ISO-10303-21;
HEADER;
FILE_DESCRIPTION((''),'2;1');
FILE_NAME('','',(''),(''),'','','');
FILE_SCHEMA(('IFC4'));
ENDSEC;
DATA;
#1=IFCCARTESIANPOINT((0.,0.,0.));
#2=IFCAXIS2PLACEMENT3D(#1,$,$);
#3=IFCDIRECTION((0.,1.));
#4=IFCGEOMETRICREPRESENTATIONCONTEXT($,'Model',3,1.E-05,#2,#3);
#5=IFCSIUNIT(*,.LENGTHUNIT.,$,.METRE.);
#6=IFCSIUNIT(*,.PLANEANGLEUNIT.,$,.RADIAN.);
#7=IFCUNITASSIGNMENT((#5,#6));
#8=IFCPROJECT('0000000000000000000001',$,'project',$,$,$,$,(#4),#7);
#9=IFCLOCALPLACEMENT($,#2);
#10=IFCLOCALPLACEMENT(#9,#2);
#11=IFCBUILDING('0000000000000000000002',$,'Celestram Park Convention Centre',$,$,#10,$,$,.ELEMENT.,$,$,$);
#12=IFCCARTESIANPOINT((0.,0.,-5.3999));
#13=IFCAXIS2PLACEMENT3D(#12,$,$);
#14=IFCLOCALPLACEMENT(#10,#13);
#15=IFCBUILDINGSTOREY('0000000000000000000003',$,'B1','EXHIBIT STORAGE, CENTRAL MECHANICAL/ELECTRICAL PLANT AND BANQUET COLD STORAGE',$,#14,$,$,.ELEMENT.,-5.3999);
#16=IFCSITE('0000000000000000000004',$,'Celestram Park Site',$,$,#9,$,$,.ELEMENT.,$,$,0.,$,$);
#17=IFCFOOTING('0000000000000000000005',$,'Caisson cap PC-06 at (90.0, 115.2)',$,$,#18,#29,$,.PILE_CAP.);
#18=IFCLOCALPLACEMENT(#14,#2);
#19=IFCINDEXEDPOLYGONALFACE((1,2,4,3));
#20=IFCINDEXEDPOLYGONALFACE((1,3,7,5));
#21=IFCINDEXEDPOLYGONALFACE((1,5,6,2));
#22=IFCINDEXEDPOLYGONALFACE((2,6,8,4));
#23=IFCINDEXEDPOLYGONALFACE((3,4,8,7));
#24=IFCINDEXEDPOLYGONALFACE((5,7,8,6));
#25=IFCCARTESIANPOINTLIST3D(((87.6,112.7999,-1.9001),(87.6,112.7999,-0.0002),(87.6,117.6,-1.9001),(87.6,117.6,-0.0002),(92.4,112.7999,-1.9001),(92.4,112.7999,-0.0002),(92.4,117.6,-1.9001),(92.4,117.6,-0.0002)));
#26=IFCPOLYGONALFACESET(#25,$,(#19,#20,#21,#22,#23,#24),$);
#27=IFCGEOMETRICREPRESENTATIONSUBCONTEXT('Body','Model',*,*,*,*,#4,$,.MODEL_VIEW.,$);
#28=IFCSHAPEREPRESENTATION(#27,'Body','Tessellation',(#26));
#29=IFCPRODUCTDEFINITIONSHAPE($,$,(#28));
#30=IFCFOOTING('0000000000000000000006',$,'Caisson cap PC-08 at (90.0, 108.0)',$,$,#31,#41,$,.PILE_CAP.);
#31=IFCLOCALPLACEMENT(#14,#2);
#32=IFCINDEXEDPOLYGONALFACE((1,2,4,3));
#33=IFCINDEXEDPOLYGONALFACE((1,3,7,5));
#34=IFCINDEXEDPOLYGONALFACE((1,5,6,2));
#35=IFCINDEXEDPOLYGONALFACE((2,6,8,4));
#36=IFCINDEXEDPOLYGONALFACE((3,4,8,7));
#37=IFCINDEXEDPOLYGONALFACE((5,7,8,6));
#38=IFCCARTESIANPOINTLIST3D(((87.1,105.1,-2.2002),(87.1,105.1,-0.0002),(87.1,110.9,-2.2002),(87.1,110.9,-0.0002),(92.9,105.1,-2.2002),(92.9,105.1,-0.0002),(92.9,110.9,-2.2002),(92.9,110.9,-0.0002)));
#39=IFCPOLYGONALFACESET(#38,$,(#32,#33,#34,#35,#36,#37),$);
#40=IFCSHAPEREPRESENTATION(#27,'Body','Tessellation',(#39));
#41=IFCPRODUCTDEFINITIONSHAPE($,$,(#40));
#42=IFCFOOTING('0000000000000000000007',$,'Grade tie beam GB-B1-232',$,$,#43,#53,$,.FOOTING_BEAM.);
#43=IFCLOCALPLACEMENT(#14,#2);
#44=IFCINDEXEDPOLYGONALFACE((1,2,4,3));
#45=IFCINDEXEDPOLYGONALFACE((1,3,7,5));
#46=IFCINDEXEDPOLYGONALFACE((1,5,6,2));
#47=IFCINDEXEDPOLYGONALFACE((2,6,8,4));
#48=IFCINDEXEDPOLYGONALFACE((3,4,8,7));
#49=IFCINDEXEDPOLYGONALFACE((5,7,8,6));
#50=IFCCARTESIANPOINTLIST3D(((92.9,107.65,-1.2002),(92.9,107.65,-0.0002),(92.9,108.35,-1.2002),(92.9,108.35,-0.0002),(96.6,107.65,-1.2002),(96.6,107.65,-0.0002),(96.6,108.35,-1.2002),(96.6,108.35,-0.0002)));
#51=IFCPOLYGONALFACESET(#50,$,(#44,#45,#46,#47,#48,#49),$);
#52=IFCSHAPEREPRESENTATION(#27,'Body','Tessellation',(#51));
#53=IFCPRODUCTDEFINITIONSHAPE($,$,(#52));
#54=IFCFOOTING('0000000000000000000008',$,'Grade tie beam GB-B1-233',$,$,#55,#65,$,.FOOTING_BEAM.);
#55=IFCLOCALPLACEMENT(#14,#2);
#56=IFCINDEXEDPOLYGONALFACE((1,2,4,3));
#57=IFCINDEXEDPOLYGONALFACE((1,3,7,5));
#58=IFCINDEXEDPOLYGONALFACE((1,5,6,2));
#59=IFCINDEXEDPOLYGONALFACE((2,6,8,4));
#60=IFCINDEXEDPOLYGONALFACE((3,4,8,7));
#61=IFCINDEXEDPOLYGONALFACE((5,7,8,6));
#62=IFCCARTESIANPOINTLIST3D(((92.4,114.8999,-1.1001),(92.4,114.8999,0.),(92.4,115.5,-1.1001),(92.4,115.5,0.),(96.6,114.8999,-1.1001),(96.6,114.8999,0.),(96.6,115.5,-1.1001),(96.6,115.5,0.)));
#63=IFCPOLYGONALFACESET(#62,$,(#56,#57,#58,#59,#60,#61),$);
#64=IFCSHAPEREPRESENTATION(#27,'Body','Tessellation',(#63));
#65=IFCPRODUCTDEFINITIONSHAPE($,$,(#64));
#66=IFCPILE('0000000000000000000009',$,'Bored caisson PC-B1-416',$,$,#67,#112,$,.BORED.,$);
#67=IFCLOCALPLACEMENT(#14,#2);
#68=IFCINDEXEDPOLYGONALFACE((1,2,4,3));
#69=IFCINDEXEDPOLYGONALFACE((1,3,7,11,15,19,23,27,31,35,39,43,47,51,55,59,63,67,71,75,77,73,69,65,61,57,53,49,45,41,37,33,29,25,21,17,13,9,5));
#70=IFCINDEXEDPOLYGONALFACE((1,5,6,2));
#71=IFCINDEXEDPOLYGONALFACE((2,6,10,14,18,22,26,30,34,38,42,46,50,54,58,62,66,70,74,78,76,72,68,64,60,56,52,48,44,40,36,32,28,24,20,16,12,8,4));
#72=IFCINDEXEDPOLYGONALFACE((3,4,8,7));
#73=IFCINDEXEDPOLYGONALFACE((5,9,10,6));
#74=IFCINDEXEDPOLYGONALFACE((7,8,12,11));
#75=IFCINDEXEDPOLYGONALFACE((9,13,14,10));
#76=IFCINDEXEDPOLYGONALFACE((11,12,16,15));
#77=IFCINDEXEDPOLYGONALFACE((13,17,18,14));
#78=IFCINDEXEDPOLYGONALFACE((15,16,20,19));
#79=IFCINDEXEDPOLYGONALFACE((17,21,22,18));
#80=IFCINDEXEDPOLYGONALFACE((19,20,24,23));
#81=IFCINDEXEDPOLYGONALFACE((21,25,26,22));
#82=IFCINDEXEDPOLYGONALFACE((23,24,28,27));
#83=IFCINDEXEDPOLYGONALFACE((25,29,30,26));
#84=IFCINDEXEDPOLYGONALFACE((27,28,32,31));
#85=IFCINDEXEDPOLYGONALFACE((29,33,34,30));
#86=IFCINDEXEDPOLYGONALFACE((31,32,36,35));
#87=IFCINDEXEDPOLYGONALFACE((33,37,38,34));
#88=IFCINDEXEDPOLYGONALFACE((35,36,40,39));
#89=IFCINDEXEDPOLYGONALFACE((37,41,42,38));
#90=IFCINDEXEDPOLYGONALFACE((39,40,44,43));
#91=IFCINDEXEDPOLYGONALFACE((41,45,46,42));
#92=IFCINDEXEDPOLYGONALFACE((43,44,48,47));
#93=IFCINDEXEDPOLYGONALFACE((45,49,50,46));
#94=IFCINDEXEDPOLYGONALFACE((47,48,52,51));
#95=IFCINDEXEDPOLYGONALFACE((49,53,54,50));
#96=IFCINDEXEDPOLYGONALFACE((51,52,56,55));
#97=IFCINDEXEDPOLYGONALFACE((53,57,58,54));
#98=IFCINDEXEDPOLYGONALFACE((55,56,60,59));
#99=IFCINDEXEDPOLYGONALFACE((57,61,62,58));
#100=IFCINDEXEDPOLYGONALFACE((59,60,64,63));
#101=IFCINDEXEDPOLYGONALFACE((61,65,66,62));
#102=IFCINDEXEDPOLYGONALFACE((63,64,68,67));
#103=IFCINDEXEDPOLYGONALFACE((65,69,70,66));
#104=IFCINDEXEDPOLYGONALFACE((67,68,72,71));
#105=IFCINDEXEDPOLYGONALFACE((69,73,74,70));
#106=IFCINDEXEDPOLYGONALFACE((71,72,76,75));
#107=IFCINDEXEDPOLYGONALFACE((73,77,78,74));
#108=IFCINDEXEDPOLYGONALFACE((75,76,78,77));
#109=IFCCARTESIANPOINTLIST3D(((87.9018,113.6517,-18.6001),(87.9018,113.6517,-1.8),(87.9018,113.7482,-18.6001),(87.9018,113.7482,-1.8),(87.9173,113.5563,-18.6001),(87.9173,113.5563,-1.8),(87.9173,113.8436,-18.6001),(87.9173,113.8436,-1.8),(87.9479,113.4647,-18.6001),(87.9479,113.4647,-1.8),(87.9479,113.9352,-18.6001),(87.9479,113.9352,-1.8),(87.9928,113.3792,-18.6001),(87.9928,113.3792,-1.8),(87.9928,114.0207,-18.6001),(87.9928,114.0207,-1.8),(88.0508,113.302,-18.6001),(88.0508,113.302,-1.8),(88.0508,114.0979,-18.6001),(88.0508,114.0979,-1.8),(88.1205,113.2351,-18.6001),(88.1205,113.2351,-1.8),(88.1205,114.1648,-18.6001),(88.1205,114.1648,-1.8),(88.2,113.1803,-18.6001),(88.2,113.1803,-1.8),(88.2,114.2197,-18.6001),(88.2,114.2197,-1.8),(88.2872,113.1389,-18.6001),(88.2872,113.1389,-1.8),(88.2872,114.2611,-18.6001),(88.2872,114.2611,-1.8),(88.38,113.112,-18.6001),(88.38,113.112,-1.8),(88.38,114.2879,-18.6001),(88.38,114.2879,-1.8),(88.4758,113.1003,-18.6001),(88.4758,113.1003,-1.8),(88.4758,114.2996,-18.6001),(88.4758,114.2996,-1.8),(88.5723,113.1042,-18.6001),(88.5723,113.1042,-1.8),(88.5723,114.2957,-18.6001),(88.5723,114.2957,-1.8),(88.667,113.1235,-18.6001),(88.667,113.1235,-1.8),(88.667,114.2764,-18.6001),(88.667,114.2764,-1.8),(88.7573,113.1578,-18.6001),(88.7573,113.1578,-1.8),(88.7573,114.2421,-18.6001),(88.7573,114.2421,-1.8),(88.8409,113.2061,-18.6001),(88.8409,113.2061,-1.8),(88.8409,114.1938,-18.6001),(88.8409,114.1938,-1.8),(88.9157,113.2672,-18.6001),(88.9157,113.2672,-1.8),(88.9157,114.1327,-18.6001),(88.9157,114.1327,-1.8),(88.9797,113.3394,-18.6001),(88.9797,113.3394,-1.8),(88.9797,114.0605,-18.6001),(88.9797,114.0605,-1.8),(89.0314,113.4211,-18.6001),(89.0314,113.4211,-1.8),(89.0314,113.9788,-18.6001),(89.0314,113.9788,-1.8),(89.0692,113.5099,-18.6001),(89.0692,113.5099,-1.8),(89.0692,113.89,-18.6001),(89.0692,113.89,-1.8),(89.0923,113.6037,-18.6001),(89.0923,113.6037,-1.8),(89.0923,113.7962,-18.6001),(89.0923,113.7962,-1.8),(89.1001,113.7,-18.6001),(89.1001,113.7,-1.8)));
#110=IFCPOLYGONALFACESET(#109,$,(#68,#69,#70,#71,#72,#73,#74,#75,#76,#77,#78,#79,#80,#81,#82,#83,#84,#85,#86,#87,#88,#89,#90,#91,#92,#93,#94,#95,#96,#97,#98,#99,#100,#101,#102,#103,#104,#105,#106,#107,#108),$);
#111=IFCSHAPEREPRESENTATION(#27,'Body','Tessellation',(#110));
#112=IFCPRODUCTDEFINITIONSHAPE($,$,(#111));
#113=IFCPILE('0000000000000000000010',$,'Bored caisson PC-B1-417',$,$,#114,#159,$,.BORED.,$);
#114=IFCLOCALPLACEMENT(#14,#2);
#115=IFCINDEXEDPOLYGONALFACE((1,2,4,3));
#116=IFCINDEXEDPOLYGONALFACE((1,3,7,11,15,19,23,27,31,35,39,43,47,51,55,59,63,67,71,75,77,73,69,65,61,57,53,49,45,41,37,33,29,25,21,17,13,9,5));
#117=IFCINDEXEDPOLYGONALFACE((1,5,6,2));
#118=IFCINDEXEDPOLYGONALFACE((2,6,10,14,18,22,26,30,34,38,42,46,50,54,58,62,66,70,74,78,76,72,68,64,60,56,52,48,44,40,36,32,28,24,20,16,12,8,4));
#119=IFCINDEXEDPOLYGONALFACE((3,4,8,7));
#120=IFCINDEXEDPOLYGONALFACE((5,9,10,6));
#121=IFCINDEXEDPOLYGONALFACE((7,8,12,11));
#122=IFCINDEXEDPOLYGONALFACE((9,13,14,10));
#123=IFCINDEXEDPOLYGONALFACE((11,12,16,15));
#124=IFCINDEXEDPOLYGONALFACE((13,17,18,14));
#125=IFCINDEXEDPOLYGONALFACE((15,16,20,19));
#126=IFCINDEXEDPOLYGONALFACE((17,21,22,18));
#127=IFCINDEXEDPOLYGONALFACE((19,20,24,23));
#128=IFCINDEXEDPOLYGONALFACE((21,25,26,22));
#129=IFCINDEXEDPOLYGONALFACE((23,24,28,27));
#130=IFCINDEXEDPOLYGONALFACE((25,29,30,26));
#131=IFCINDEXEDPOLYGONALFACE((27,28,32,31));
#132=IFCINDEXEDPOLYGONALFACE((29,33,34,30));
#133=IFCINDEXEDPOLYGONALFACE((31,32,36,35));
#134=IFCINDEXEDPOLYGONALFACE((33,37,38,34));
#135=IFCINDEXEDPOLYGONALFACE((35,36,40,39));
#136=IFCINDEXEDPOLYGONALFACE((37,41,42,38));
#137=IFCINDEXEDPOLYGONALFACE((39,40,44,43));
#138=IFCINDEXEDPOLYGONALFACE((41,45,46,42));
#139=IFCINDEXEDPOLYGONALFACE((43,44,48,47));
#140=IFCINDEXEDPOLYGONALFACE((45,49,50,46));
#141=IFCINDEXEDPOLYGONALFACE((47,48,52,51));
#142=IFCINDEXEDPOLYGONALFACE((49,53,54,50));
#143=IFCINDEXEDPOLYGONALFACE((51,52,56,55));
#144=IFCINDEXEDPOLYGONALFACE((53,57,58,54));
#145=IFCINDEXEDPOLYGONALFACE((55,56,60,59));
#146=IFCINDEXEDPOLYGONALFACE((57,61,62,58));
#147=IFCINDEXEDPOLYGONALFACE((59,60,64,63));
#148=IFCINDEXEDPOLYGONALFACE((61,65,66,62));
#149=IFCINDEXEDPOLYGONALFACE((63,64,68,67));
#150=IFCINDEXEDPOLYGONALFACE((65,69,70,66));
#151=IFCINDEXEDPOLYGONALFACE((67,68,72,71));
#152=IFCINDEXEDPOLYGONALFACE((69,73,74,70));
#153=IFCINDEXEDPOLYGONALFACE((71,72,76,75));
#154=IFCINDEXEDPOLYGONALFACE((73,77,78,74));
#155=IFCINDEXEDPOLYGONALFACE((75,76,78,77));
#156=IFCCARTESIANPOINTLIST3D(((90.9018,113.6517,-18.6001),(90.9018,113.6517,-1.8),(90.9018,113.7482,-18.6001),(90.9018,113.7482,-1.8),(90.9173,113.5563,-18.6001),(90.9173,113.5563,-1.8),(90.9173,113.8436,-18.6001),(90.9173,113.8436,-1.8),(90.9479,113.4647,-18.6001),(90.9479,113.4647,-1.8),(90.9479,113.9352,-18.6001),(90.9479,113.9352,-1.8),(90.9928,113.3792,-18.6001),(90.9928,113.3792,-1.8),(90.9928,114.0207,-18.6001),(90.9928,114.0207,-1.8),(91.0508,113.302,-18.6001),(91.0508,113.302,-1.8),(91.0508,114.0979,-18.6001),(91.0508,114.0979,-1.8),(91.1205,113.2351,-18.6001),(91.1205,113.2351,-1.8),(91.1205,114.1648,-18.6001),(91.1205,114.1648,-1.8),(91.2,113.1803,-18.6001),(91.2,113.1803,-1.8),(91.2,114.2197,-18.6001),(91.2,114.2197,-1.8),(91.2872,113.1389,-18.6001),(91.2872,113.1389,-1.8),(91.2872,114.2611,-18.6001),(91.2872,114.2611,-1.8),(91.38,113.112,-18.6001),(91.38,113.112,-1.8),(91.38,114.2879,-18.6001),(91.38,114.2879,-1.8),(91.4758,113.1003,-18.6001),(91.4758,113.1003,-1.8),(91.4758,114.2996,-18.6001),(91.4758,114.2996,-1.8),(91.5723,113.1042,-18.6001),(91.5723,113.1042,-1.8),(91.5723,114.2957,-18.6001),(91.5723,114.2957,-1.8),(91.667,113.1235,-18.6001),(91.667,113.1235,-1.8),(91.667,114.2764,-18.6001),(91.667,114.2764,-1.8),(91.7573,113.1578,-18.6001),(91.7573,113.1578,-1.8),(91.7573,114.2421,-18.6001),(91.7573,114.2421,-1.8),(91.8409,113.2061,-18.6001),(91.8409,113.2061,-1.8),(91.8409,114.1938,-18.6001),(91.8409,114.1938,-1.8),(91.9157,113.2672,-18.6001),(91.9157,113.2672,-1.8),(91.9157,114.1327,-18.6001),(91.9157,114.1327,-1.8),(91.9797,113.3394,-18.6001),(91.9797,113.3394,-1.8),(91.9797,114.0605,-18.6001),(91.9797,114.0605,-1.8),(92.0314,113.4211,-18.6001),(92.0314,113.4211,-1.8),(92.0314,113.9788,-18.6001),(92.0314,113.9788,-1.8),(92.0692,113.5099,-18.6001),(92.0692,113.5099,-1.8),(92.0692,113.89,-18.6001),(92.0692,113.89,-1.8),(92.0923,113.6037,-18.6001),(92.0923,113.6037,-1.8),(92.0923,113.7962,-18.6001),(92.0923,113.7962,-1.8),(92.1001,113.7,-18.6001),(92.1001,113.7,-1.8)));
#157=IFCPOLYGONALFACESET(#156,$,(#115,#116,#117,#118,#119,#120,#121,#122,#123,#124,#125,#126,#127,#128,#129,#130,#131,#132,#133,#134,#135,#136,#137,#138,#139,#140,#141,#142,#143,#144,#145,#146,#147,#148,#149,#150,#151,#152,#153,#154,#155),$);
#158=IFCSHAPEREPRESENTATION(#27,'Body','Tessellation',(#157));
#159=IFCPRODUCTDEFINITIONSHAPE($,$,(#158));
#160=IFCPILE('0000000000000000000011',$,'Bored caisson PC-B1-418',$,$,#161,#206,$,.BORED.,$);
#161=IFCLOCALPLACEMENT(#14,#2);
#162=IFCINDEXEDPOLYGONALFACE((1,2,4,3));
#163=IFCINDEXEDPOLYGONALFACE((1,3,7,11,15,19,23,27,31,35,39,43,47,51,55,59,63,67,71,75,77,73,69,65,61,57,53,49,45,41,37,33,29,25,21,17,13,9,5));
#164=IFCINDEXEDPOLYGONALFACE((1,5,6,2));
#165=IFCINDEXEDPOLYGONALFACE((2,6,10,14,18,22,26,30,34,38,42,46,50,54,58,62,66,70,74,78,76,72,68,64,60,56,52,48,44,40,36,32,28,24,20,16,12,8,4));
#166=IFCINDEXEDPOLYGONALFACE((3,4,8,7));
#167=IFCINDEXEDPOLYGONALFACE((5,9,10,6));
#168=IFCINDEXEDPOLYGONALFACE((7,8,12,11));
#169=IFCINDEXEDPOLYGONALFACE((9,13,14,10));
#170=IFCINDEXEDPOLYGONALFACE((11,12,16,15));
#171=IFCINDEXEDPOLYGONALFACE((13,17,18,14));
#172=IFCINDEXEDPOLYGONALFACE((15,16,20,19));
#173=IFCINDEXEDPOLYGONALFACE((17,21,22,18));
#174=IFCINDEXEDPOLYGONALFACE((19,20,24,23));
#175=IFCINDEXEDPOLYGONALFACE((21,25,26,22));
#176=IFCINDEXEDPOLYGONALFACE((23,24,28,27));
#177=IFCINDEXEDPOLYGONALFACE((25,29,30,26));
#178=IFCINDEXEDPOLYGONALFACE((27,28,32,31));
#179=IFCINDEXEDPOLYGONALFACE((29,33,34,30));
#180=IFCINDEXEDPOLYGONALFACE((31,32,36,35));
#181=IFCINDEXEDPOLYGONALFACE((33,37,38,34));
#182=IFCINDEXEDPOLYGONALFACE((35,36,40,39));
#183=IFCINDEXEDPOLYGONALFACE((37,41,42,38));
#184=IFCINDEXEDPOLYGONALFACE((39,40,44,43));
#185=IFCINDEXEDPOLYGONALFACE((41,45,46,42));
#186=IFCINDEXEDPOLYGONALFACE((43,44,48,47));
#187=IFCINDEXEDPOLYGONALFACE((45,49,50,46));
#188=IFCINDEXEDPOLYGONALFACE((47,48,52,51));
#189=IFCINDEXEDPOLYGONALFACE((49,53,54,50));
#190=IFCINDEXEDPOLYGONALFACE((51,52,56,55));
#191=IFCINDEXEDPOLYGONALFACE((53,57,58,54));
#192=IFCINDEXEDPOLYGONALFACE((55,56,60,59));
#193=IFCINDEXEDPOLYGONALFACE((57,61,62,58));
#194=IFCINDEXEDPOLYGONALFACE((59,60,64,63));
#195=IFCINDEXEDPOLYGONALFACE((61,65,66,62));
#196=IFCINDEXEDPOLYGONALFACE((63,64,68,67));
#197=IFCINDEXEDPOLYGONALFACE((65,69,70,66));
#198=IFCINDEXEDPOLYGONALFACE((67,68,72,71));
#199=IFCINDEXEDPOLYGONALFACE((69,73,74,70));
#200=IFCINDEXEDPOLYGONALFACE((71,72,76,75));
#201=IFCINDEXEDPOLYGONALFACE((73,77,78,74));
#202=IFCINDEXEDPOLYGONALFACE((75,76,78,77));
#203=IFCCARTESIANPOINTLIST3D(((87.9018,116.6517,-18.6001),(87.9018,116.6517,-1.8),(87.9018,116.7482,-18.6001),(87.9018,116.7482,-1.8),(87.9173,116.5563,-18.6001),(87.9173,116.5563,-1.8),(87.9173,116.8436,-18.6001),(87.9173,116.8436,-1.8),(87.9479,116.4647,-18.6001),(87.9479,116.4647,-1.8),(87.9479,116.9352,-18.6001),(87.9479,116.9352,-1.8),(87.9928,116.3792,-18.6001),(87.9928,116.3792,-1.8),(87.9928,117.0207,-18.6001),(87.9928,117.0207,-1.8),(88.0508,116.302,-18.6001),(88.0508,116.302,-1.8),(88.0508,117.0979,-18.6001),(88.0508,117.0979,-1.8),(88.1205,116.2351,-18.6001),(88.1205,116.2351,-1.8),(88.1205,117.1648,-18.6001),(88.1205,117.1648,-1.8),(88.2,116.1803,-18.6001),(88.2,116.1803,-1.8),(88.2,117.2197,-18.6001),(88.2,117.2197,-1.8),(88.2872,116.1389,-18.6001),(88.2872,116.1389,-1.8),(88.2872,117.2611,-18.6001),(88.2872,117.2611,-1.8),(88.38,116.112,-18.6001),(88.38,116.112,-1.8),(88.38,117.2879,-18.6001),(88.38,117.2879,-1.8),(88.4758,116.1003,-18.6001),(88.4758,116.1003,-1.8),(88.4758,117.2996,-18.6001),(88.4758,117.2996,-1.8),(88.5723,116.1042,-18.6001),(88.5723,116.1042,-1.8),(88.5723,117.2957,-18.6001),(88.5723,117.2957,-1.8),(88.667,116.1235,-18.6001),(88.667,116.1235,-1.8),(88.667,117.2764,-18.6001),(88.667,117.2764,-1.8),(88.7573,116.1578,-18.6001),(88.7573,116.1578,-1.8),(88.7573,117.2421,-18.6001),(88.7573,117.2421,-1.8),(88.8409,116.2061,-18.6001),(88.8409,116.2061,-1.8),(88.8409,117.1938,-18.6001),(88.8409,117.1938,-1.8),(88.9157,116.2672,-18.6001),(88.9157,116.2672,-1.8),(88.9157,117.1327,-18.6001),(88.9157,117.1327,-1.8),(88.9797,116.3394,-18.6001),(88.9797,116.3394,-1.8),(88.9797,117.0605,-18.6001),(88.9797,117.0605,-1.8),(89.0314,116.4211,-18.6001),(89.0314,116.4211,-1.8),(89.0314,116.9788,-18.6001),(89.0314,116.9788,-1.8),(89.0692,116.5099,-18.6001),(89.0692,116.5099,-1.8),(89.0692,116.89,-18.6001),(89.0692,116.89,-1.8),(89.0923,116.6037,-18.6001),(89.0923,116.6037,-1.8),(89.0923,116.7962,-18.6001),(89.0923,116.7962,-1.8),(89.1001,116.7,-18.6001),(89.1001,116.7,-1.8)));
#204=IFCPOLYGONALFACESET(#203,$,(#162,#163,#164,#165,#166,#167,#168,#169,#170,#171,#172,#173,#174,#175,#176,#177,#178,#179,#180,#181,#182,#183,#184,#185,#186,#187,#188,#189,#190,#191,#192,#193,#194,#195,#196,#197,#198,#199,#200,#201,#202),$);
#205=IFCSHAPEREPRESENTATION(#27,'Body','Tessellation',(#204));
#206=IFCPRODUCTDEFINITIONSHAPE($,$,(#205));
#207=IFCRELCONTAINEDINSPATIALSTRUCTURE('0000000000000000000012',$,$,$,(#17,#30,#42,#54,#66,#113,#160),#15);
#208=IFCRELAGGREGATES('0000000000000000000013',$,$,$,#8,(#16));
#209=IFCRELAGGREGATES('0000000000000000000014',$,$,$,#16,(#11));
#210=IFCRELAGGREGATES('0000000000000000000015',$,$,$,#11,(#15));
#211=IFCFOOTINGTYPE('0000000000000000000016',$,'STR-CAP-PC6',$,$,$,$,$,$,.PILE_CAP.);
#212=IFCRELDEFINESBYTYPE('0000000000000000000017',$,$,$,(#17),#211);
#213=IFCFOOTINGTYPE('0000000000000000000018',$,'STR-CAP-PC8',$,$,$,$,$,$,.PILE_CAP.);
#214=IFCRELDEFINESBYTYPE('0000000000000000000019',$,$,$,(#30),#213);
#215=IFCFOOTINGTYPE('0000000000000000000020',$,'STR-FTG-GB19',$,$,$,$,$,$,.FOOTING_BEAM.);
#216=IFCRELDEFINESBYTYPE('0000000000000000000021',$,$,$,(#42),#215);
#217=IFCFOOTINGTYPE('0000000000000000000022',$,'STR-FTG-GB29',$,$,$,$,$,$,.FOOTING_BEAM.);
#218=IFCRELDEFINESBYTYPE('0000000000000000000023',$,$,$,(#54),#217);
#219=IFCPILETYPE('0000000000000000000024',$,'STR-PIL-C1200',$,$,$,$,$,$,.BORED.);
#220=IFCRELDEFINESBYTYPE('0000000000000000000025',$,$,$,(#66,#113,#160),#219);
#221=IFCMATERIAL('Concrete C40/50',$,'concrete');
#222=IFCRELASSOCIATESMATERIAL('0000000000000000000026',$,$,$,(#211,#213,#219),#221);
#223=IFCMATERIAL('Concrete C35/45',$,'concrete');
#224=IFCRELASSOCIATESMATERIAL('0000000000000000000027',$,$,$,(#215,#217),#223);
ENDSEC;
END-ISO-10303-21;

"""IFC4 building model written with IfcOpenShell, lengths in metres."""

from ifc_helpers import new_model, si_unit, direction, frame, origin, origin_2d, place, context, subcontext, project, spatial, rectangle, circle, extrude, material, material_profile, profile_set, type_object, element, save


model = new_model("IFC4")

# Units and contexts
model_context = context("Model", 3, precision=1e-05, world=origin(), true_north=direction((0.0, 1.0)))
body_context = subcontext(model_context, "Body", "Model", "MODEL_VIEW")
ifc_project = project(units=[si_unit("LENGTHUNIT", "METRE"), si_unit("PLANEANGLEUNIT", "RADIAN")], contexts=[model_context])

# Site, building, storey
site_placement = place(None, origin())
site = spatial("IfcSite", under=ifc_project, at=site_placement, Name="Celestram Park Site", CompositionType="ELEMENT", RefElevation=0.0)
building_placement = place(site_placement, origin())
building = spatial("IfcBuilding", under=site, at=building_placement, Name="Celestram Park Convention Centre", CompositionType="ELEMENT")
storey_placement = place(building_placement, frame((0.0, 0.0, -5.3999)))
storey = spatial("IfcBuildingStorey", under=building, at=storey_placement, Name="B1", Description="EXHIBIT STORAGE, CENTRAL MECHANICAL/ELECTRICAL PLANT AND BANQUET COLD STORAGE", CompositionType="ELEMENT", Elevation=-5.3999)

# Footings
ifc_material_1 = material(Name="Concrete C40/50", Category="concrete")
footing_type_1 = type_object("IfcFootingType", Name="STR-CAP-PC6", PredefinedType="PILE_CAP", material=ifc_material_1)
footing_1_placement = place(storey_placement, frame((90.0, 115.2, -1.9001), z_axis=(0.0, 0.0, 1.0), x_axis=(1.0, 0.0, 0.0)))
element("IfcFooting", 1, at=footing_1_placement, inside=storey, type_object=footing_type_1, Name="Caisson cap PC-06 at (90.0, 115.2)", PredefinedType="PILE_CAP", context=body_context, shape_type="SweptSolid", body=[
    extrude(rectangle(XDim=4.8, YDim=4.8, at=origin_2d()), origin(), (0.0, 0.0, 1.0), 1.8999),
])
footing_type_2 = type_object("IfcFootingType", Name="STR-CAP-PC8", PredefinedType="PILE_CAP", material=ifc_material_1)
footing_2_placement = place(storey_placement, frame((90.0, 108.0, -2.2002), z_axis=(0.0, 0.0, 1.0), x_axis=(1.0, 0.0, 0.0)))
element("IfcFooting", 2, at=footing_2_placement, inside=storey, type_object=footing_type_2, Name="Caisson cap PC-08 at (90.0, 108.0)", PredefinedType="PILE_CAP", context=body_context, shape_type="SweptSolid", body=[
    extrude(rectangle(XDim=5.8, YDim=5.8, at=origin_2d()), origin(), (0.0, 0.0, 1.0), 2.2),
])
ifc_material_2 = material(Name="Concrete C35/45", Category="concrete")
footing_type_3 = type_object("IfcFootingType", Name="STR-FTG-GB19", PredefinedType="FOOTING_BEAM", material=ifc_material_2)
footing_3_placement = place(storey_placement, frame((94.75, 108.0, -1.2002), z_axis=(0.0, 0.0, 1.0), x_axis=(1.0, 0.0, 0.0)))
element("IfcFooting", 3, at=footing_3_placement, inside=storey, type_object=footing_type_3, Name="Grade tie beam GB-B1-232", PredefinedType="FOOTING_BEAM", context=body_context, shape_type="SweptSolid", body=[
    extrude(rectangle(XDim=3.7, YDim=0.7, at=origin_2d()), origin(), (0.0, 0.0, 1.0), 1.2),
])
footing_type_4 = type_object("IfcFootingType", Name="STR-FTG-GB29", PredefinedType="FOOTING_BEAM", material=ifc_material_2)
footing_4_placement = place(storey_placement, frame((94.5, 115.2, -1.1001), z_axis=(0.0, 0.0, 1.0), x_axis=(1.0, 0.0, 0.0)))
element("IfcFooting", 4, at=footing_4_placement, inside=storey, type_object=footing_type_4, Name="Grade tie beam GB-B1-233", PredefinedType="FOOTING_BEAM", context=body_context, shape_type="SweptSolid", body=[
    extrude(rectangle(XDim=4.2, YDim=0.6001, at=origin_2d()), origin(), (0.0, 0.0, 1.0), 1.1001),
])

# Piles
ifc_material_profile_1 = material_profile(ifc_material_1, circle(Radius=0.6001, at=origin_2d()), Name="CAISSON1200")
ifc_profile_set_1 = profile_set([ifc_material_profile_1], Name="Concrete C40/50")
pile_type_1 = type_object("IfcPileType", Name="STR-PIL-C1200", PredefinedType="BORED", material=ifc_profile_set_1)
for number, where, z_axis, x_axis, name in (
    (5, (88.5, 113.7, -1.8), (0.0, 0.0, -1.0), (1.0, 0.0, 0.0), "Bored caisson PC-B1-416"),
    (6, (91.5, 113.7, -1.8), (0.0, 0.0, -1.0), (1.0, 0.0, 0.0), "Bored caisson PC-B1-417"),
    (7, (88.5, 116.7, -1.8), (0.0, 0.0, -1.0), (1.0, 0.0, 0.0), "Bored caisson PC-B1-418"),
):
    element("IfcPile", number, at=place(storey_placement, frame(where, z_axis=z_axis, x_axis=x_axis)), inside=storey, type_object=pile_type_1, Name=name, PredefinedType="BORED", context=body_context, shape_type="SweptSolid", body=[
        extrude(circle(Radius=0.6001, at=origin_2d()), origin(), (0.0, 0.0, 1.0), 16.8),
    ])

save(model, "model.ifc")
